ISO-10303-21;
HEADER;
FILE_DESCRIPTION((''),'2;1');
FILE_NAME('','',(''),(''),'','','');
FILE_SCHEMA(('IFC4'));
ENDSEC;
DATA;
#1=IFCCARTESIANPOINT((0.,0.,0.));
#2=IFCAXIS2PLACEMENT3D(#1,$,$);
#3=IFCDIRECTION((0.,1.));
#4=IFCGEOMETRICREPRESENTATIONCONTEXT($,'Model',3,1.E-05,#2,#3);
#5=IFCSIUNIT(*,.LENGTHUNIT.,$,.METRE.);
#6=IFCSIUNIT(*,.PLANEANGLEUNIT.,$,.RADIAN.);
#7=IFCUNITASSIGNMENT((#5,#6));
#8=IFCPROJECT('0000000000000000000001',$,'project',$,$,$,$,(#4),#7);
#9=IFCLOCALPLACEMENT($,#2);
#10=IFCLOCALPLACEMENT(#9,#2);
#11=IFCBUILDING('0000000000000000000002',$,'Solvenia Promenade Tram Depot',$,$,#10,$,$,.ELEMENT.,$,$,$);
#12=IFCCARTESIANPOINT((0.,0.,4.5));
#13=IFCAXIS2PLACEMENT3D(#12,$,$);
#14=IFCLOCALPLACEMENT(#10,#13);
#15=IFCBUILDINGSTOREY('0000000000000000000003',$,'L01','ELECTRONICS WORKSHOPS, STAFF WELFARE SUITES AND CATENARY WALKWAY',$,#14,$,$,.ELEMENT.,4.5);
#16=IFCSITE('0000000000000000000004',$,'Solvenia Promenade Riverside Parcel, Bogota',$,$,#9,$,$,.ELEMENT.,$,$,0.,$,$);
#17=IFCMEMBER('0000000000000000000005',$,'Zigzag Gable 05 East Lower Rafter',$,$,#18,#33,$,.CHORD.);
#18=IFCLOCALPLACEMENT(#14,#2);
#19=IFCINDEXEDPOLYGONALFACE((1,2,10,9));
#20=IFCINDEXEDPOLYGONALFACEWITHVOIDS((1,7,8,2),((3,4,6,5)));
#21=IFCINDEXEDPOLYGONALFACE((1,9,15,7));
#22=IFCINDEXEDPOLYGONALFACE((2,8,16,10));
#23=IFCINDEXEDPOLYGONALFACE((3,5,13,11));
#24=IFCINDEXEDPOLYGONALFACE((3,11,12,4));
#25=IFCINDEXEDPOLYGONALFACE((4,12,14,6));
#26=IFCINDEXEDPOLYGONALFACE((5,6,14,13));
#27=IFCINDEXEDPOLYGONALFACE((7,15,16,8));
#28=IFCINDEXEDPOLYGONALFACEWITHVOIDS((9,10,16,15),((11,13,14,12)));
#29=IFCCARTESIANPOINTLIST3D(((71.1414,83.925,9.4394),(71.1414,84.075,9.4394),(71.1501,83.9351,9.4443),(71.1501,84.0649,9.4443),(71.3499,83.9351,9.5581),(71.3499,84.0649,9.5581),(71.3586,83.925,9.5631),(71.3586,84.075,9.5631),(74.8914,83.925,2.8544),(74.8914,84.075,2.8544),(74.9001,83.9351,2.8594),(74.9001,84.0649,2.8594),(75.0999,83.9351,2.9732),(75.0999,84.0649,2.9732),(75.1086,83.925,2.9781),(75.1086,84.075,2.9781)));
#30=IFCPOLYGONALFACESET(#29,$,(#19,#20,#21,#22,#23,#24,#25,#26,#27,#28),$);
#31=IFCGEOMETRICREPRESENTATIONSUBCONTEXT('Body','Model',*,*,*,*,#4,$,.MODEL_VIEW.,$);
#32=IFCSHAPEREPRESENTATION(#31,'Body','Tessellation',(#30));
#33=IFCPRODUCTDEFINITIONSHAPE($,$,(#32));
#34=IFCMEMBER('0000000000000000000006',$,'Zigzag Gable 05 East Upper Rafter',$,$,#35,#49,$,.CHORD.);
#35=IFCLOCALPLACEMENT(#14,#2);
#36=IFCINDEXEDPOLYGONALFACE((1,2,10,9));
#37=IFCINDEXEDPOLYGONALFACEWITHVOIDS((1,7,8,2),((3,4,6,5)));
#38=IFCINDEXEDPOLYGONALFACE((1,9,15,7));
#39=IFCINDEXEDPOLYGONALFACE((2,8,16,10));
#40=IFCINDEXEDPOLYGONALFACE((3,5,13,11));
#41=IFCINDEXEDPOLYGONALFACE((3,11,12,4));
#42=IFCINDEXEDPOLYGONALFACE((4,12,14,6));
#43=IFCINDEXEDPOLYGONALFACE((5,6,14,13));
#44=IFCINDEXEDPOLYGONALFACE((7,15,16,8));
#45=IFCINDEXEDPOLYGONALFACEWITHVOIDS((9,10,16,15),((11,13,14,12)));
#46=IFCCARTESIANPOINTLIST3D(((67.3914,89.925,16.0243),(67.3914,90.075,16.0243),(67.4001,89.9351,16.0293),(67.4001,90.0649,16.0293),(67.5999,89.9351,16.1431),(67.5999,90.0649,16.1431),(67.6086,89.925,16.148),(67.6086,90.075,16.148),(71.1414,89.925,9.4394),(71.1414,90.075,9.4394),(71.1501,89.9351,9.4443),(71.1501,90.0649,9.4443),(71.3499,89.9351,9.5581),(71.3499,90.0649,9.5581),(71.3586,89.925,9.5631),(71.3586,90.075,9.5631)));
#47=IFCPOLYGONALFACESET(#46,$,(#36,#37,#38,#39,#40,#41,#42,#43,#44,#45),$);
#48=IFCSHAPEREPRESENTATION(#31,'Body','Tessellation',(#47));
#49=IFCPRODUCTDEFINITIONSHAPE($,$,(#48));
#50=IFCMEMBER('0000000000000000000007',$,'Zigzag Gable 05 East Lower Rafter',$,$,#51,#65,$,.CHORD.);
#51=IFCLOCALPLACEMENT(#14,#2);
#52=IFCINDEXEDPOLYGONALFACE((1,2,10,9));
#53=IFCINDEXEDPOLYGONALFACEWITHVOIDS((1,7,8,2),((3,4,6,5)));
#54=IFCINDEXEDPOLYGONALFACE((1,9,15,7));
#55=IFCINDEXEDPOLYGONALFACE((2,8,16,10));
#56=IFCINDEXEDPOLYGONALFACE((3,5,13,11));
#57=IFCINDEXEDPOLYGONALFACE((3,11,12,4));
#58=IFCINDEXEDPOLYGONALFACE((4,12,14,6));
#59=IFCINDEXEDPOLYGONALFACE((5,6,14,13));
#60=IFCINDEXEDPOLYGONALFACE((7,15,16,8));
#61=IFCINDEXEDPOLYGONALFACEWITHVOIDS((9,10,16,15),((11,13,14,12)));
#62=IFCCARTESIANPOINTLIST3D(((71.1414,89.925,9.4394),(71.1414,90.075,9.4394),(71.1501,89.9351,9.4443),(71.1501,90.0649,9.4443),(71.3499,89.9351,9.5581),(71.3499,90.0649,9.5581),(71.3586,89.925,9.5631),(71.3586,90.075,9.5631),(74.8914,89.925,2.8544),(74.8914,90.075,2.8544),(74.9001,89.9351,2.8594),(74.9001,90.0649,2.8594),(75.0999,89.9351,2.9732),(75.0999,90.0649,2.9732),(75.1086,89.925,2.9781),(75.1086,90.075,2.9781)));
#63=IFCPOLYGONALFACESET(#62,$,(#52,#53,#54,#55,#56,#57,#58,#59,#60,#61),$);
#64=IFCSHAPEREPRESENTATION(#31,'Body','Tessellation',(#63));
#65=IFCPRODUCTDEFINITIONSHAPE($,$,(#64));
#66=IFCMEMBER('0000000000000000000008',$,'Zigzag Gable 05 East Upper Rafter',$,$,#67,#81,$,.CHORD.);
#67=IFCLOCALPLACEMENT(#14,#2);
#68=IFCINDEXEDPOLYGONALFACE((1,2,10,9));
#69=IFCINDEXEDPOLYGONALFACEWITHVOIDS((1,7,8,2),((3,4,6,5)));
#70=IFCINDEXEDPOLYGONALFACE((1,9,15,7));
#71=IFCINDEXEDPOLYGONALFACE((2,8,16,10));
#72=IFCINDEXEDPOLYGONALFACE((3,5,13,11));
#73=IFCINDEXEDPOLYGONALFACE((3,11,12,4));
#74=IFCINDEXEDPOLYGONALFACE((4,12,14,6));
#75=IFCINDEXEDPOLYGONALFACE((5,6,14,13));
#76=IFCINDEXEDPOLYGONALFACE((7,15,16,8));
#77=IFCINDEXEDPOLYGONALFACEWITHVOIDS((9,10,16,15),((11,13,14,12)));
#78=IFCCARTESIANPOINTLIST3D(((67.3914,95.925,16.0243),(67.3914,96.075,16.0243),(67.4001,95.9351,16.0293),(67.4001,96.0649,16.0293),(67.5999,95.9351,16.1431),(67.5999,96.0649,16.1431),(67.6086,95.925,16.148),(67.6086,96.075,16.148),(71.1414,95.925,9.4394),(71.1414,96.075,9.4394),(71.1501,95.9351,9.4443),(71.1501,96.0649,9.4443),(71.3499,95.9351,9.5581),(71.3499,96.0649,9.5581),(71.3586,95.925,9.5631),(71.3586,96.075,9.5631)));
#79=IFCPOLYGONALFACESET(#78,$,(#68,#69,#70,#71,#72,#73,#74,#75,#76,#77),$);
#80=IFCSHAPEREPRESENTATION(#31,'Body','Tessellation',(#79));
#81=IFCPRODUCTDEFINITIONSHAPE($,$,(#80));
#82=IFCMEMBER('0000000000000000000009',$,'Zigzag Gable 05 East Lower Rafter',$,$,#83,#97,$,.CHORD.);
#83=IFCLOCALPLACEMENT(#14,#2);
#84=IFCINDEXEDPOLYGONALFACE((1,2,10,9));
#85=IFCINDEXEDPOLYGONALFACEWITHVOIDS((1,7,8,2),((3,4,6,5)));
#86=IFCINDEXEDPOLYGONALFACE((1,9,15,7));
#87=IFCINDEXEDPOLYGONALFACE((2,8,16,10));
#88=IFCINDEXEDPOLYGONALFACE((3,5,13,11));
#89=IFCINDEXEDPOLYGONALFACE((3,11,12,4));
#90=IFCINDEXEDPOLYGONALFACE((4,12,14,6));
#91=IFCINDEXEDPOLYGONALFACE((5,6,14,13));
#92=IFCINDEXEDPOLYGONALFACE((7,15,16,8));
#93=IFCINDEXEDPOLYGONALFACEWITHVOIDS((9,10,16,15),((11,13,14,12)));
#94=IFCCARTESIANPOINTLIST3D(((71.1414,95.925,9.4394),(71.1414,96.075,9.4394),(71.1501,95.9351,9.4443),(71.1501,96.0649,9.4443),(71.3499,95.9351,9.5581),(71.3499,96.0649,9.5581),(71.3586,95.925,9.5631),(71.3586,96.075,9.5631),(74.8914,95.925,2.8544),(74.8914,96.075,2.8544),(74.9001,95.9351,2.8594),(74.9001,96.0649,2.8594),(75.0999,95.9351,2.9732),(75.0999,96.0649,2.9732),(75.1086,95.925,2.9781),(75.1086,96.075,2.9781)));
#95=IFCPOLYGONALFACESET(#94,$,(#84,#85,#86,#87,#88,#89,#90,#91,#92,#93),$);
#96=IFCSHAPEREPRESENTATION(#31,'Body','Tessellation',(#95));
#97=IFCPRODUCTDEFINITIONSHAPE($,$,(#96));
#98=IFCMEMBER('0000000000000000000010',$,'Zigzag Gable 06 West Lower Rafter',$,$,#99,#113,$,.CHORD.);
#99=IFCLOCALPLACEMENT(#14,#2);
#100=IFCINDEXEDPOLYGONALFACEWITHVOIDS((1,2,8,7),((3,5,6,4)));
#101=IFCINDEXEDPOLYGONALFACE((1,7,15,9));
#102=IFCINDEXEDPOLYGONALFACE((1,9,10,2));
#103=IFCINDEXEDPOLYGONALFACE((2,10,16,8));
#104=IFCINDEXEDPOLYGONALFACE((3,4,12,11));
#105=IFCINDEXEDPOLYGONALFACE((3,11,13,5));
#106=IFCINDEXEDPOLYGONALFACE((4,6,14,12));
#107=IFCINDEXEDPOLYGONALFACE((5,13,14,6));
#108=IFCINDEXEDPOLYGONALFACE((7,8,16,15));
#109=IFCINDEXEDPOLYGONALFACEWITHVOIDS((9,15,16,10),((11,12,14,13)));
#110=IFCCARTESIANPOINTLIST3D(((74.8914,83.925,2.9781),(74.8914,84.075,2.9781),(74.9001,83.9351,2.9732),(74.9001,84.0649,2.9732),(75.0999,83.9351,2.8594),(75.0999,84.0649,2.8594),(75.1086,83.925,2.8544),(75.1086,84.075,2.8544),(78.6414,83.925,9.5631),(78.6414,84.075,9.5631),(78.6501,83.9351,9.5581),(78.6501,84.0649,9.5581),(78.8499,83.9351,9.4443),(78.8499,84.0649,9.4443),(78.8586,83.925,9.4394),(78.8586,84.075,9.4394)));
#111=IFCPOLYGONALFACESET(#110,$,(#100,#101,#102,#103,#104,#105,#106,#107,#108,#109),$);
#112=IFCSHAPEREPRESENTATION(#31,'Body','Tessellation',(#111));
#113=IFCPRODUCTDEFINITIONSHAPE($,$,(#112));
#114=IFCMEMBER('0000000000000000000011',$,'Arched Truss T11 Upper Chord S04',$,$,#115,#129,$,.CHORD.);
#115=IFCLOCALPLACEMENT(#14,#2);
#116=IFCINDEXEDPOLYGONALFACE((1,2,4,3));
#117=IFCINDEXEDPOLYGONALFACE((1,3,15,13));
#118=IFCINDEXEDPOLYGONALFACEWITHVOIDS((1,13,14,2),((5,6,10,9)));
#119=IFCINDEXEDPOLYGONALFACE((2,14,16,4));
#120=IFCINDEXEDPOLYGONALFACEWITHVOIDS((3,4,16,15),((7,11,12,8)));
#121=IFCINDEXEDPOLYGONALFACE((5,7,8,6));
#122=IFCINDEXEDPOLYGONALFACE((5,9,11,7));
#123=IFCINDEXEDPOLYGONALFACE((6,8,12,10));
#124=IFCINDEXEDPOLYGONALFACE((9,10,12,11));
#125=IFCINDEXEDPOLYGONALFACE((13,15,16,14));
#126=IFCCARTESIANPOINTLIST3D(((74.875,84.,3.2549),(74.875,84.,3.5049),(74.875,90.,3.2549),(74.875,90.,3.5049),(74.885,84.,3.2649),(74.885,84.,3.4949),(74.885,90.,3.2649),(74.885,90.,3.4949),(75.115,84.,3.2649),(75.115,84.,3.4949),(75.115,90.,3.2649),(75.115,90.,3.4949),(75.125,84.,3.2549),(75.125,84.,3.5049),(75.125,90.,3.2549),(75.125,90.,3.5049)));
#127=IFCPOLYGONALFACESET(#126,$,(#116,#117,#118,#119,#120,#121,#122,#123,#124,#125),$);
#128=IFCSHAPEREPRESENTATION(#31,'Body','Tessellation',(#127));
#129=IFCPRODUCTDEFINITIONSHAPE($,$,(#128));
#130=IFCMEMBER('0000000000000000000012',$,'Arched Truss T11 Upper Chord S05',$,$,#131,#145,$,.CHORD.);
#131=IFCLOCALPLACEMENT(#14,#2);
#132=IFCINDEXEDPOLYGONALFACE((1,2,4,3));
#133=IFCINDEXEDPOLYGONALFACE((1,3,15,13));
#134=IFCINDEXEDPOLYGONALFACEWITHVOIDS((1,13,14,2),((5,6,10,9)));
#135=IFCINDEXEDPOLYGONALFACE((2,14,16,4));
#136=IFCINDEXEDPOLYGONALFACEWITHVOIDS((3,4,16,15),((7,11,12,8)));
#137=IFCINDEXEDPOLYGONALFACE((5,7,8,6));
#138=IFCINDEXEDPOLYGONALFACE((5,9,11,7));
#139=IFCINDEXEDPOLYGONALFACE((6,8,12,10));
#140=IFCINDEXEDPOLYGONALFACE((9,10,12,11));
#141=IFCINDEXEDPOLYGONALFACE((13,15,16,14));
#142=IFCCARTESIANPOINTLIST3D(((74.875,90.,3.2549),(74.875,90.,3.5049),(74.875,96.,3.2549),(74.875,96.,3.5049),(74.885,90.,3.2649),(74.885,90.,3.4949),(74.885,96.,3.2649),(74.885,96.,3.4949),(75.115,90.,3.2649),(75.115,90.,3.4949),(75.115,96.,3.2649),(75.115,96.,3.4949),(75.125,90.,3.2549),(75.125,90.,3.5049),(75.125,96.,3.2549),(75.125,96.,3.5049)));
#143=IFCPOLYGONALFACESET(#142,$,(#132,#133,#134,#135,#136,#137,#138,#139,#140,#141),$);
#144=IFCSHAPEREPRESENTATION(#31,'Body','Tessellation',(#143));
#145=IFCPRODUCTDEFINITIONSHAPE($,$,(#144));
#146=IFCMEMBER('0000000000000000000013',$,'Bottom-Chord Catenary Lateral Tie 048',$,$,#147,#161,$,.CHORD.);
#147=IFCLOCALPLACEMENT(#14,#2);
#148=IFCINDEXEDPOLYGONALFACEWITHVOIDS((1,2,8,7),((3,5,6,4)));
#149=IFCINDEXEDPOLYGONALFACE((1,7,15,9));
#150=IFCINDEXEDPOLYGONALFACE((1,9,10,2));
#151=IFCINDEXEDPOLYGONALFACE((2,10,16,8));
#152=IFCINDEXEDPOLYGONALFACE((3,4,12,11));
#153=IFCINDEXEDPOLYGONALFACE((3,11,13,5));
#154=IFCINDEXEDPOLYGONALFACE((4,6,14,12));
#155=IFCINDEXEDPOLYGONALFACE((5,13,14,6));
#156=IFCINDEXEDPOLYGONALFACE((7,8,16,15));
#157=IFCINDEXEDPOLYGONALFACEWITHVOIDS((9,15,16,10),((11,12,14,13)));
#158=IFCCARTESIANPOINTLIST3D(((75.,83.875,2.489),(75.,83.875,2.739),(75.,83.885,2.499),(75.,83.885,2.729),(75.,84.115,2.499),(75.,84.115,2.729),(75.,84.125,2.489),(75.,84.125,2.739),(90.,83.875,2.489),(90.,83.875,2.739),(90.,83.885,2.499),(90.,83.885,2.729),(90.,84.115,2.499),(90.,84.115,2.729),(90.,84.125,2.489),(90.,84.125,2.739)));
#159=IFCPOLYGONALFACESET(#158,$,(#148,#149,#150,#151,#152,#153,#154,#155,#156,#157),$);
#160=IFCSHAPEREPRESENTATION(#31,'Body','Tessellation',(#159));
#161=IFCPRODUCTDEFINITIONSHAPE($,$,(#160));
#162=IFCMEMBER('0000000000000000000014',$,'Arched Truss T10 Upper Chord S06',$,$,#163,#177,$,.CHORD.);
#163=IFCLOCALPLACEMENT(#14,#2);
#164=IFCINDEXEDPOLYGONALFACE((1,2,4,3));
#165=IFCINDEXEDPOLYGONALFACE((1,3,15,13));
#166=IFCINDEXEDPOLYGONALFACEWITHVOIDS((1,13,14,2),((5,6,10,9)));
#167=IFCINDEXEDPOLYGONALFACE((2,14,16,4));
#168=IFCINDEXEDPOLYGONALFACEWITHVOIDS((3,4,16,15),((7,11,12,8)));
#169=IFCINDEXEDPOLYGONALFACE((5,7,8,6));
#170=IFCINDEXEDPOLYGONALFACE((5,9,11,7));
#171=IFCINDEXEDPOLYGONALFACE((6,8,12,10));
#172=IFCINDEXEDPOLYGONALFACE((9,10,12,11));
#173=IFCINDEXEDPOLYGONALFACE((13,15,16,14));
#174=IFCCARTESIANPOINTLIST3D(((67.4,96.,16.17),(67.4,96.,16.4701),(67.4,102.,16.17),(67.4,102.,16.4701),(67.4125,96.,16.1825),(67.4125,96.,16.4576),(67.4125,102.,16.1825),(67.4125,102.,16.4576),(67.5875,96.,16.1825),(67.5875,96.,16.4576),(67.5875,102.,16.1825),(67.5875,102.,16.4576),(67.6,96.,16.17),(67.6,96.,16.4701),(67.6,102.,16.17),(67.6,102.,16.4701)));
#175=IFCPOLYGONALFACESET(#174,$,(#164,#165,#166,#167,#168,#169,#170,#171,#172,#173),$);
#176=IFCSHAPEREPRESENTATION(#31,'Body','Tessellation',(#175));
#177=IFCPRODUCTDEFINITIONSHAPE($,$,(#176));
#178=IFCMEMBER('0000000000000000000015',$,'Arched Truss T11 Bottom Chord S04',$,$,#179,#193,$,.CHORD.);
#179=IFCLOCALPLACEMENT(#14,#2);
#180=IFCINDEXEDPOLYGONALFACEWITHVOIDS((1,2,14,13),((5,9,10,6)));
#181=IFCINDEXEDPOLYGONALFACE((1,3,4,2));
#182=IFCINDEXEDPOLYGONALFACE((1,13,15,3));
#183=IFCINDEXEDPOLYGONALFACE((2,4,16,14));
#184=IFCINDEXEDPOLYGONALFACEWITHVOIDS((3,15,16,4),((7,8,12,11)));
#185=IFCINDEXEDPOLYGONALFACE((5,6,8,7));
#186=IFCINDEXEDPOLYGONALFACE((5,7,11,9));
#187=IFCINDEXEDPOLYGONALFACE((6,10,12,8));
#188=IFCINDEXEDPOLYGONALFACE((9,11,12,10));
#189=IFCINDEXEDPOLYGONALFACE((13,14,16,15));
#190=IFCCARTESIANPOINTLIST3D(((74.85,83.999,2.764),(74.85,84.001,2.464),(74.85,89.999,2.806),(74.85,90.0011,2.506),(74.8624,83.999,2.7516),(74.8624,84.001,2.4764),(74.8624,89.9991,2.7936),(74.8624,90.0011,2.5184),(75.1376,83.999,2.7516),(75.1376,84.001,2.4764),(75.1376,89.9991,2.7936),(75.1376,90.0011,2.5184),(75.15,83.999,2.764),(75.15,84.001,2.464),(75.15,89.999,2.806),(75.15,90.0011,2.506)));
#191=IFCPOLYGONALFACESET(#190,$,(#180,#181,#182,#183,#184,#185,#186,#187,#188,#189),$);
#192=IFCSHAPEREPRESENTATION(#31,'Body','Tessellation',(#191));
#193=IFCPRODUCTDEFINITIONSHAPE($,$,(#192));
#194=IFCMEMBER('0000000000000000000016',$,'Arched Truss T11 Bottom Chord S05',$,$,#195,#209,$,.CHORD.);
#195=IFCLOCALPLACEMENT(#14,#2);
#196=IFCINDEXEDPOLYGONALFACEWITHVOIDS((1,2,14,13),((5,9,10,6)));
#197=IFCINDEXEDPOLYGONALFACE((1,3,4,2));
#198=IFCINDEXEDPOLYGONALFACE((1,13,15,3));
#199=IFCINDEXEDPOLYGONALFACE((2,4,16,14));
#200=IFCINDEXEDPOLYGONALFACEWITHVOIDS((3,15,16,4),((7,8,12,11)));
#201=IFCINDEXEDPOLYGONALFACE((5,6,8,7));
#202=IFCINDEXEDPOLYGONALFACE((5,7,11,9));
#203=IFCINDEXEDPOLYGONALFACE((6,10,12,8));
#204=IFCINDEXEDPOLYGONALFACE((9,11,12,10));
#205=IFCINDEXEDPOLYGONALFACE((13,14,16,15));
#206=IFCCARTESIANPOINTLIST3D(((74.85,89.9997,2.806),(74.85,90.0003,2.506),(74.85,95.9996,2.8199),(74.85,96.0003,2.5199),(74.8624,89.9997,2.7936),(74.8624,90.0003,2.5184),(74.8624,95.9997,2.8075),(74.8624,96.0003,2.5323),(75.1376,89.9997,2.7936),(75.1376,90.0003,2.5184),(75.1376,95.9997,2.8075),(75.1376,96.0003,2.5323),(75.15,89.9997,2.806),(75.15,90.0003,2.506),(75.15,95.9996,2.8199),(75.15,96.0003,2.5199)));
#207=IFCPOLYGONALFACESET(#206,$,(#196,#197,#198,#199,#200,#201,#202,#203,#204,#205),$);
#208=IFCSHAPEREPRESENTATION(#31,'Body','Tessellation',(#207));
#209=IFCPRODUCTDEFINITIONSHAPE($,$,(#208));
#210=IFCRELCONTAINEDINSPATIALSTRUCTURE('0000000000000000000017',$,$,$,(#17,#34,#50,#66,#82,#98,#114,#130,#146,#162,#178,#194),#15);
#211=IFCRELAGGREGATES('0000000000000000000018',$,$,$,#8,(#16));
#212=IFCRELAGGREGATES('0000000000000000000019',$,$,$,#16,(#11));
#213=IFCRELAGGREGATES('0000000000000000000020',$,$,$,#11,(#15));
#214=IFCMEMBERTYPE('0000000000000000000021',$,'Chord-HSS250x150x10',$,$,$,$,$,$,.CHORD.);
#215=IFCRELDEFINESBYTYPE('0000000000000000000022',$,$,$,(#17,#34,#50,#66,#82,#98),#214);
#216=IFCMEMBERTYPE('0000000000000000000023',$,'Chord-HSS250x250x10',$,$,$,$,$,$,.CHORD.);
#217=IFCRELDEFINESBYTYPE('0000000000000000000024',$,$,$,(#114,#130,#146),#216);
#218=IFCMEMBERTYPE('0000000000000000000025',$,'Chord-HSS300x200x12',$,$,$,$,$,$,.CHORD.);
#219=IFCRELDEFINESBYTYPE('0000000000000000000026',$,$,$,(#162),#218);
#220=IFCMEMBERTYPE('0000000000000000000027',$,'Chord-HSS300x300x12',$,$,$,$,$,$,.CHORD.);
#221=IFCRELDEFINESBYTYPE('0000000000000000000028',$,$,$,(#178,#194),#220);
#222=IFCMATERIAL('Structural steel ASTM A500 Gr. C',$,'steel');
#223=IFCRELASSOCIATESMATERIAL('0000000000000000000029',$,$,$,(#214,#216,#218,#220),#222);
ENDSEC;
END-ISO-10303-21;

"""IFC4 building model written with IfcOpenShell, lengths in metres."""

from ifc_helpers import new_model, si_unit, direction, frame, origin, origin_2d, place, context, subcontext, project, spatial, hollow_rectangle, extrude, material, material_profile, profile_set, type_object, element, save


model = new_model("IFC4")

# Units and contexts
model_context = context("Model", 3, precision=1e-05, world=origin(), true_north=direction((0.0, 1.0)))
body_context = subcontext(model_context, "Body", "Model", "MODEL_VIEW")
ifc_project = project(units=[si_unit("LENGTHUNIT", "METRE"), si_unit("PLANEANGLEUNIT", "RADIAN")], contexts=[model_context])

# Site, building, storey
site_placement = place(None, origin())
site = spatial("IfcSite", under=ifc_project, at=site_placement, Name="Solvenia Promenade Riverside Parcel, Bogota", CompositionType="ELEMENT", RefElevation=0.0)
building_placement = place(site_placement, origin())
building = spatial("IfcBuilding", under=site, at=building_placement, Name="Solvenia Promenade Tram Depot", CompositionType="ELEMENT")
storey_placement = place(building_placement, frame((0.0, 0.0, 4.5)))
storey = spatial("IfcBuildingStorey", under=building, at=storey_placement, Name="L01", Description="ELECTRONICS WORKSHOPS, STAFF WELFARE SUITES AND CATENARY WALKWAY", CompositionType="ELEMENT", Elevation=4.5)

# Members
ifc_material_1 = material(Name="Structural steel ASTM A500 Gr. C", Category="steel")
ifc_material_profile_1 = material_profile(ifc_material_1, hollow_rectangle(XDim=0.1499, YDim=0.25, WallThickness=0.01, at=origin_2d()), Name="HSS250x150x10", Category="steel")
ifc_profile_set_1 = profile_set([ifc_material_profile_1], Name="Structural steel ASTM A500 Gr. C")
member_type_1 = type_object("IfcMemberType", Name="Chord-HSS250x150x10", PredefinedType="CHORD", material=ifc_profile_set_1)
for number, where, z_axis, x_axis, name in (
    (1, (71.25, 84.0, 9.5012), (0.494862, 0.0, -0.868972), (0.0, 1.0, 0.0), "Zigzag Gable 05 East Lower Rafter"),
    (2, (67.5, 90.0, 16.0862), (0.494862, 0.0, -0.868972), (0.0, 1.0, 0.0), "Zigzag Gable 05 East Upper Rafter"),
    (3, (71.25, 90.0, 9.5012), (0.494862, 0.0, -0.868972), (0.0, 1.0, 0.0), "Zigzag Gable 05 East Lower Rafter"),
    (4, (67.5, 96.0, 16.0862), (0.494862, 0.0, -0.868972), (0.0, 1.0, 0.0), "Zigzag Gable 05 East Upper Rafter"),
    (5, (71.25, 96.0, 9.5012), (0.494862, 0.0, -0.868972), (0.0, 1.0, 0.0), "Zigzag Gable 05 East Lower Rafter"),
    (6, (75.0, 84.0, 2.9163), (0.494862, 0.0, 0.868972), (0.0, 1.0, 0.0), "Zigzag Gable 06 West Lower Rafter"),
):
    element("IfcMember", number, at=place(storey_placement, frame(where, z_axis=z_axis, x_axis=x_axis)), inside=storey, type_object=member_type_1, Name=name, PredefinedType="CHORD", context=body_context, shape_type="SweptSolid", body=[
        extrude(hollow_rectangle(XDim=0.1499, YDim=0.25, WallThickness=0.01, at=origin_2d()), origin(), (0.0, 0.0, 1.0), 7.5779),
    ])
ifc_material_profile_2 = material_profile(ifc_material_1, hollow_rectangle(XDim=0.25, YDim=0.25, WallThickness=0.01, at=origin_2d()), Name="HSS250x250x10", Category="steel")
ifc_profile_set_2 = profile_set([ifc_material_profile_2], Name="Structural steel ASTM A500 Gr. C")
member_type_2 = type_object("IfcMemberType", Name="Chord-HSS250x250x10", PredefinedType="CHORD", material=ifc_profile_set_2)
for number, where, z_axis, x_axis, name in (
    (7, (75.0, 84.0, 3.3799), (0.0, 1.0, 0.0), (-1.0, 0.0, 0.0), "Arched Truss T11 Upper Chord S04"),
    (8, (75.0, 90.0, 3.3799), (0.0, 1.0, 0.0), (-1.0, 0.0, 0.0), "Arched Truss T11 Upper Chord S05"),
):
    element("IfcMember", number, at=place(storey_placement, frame(where, z_axis=z_axis, x_axis=x_axis)), inside=storey, type_object=member_type_2, Name=name, PredefinedType="CHORD", context=body_context, shape_type="SweptSolid", body=[
        extrude(hollow_rectangle(XDim=0.25, YDim=0.25, WallThickness=0.01, at=origin_2d()), origin(), (0.0, 0.0, 1.0), 6.0),
    ])
member_1_placement = place(storey_placement, frame((75.0, 84.0, 2.614), z_axis=(1.0, 0.0, 0.0), x_axis=(0.0, 1.0, 0.0)))
element("IfcMember", 9, at=member_1_placement, inside=storey, type_object=member_type_2, Name="Bottom-Chord Catenary Lateral Tie 048", PredefinedType="CHORD", context=body_context, shape_type="SweptSolid", body=[
    extrude(hollow_rectangle(XDim=0.25, YDim=0.25, WallThickness=0.01, at=origin_2d()), origin(), (0.0, 0.0, 1.0), 15.0),
])
ifc_material_profile_3 = material_profile(ifc_material_1, hollow_rectangle(XDim=0.2, YDim=0.3, WallThickness=0.0125, at=origin_2d()), Name="HSS300x200x12.5", Category="steel")
ifc_profile_set_3 = profile_set([ifc_material_profile_3], Name="Structural steel ASTM A500 Gr. C")
member_type_3 = type_object("IfcMemberType", Name="Chord-HSS300x200x12", PredefinedType="CHORD", material=ifc_profile_set_3)
member_2_placement = place(storey_placement, frame((67.5, 96.0, 16.3201), z_axis=(0.0, 1.0, 0.0), x_axis=(-1.0, 0.0, 0.0)))
element("IfcMember", 10, at=member_2_placement, inside=storey, type_object=member_type_3, Name="Arched Truss T10 Upper Chord S06", PredefinedType="CHORD", context=body_context, shape_type="SweptSolid", body=[
    extrude(hollow_rectangle(XDim=0.2, YDim=0.3, WallThickness=0.0125, at=origin_2d()), origin(), (0.0, 0.0, 1.0), 6.0),
])
ifc_material_profile_4 = material_profile(ifc_material_1, hollow_rectangle(XDim=0.3, YDim=0.3, WallThickness=0.0125, at=origin_2d()), Name="HSS300x300x12.5", Category="steel")
ifc_profile_set_4 = profile_set([ifc_material_profile_4], Name="Structural steel ASTM A500 Gr. C")
member_type_4 = type_object("IfcMemberType", Name="Chord-HSS300x300x12", PredefinedType="CHORD", material=ifc_profile_set_4)
member_3_placement = place(storey_placement, frame((75.0, 84.0, 2.614), z_axis=(0.0, 0.999976, 0.006999), x_axis=(-1.0, 0.0, 0.0)))
element("IfcMember", 11, at=member_3_placement, inside=storey, type_object=member_type_4, Name="Arched Truss T11 Bottom Chord S04", PredefinedType="CHORD", context=body_context, shape_type="SweptSolid", body=[
    extrude(hollow_rectangle(XDim=0.3, YDim=0.3, WallThickness=0.0125, at=origin_2d()), origin(), (0.0, 0.0, 1.0), 6.0002),
])
member_4_placement = place(storey_placement, frame((75.0, 90.0, 2.656), z_axis=(0.0, 0.999997, 0.002319), x_axis=(-1.0, 0.0, 0.0)))
element("IfcMember", 12, at=member_4_placement, inside=storey, type_object=member_type_4, Name="Arched Truss T11 Bottom Chord S05", PredefinedType="CHORD", context=body_context, shape_type="SweptSolid", body=[
    extrude(hollow_rectangle(XDim=0.3, YDim=0.3, WallThickness=0.0125, at=origin_2d()), origin(), (0.0, 0.0, 1.0), 6.0),
])

save(model, "model.ifc")
